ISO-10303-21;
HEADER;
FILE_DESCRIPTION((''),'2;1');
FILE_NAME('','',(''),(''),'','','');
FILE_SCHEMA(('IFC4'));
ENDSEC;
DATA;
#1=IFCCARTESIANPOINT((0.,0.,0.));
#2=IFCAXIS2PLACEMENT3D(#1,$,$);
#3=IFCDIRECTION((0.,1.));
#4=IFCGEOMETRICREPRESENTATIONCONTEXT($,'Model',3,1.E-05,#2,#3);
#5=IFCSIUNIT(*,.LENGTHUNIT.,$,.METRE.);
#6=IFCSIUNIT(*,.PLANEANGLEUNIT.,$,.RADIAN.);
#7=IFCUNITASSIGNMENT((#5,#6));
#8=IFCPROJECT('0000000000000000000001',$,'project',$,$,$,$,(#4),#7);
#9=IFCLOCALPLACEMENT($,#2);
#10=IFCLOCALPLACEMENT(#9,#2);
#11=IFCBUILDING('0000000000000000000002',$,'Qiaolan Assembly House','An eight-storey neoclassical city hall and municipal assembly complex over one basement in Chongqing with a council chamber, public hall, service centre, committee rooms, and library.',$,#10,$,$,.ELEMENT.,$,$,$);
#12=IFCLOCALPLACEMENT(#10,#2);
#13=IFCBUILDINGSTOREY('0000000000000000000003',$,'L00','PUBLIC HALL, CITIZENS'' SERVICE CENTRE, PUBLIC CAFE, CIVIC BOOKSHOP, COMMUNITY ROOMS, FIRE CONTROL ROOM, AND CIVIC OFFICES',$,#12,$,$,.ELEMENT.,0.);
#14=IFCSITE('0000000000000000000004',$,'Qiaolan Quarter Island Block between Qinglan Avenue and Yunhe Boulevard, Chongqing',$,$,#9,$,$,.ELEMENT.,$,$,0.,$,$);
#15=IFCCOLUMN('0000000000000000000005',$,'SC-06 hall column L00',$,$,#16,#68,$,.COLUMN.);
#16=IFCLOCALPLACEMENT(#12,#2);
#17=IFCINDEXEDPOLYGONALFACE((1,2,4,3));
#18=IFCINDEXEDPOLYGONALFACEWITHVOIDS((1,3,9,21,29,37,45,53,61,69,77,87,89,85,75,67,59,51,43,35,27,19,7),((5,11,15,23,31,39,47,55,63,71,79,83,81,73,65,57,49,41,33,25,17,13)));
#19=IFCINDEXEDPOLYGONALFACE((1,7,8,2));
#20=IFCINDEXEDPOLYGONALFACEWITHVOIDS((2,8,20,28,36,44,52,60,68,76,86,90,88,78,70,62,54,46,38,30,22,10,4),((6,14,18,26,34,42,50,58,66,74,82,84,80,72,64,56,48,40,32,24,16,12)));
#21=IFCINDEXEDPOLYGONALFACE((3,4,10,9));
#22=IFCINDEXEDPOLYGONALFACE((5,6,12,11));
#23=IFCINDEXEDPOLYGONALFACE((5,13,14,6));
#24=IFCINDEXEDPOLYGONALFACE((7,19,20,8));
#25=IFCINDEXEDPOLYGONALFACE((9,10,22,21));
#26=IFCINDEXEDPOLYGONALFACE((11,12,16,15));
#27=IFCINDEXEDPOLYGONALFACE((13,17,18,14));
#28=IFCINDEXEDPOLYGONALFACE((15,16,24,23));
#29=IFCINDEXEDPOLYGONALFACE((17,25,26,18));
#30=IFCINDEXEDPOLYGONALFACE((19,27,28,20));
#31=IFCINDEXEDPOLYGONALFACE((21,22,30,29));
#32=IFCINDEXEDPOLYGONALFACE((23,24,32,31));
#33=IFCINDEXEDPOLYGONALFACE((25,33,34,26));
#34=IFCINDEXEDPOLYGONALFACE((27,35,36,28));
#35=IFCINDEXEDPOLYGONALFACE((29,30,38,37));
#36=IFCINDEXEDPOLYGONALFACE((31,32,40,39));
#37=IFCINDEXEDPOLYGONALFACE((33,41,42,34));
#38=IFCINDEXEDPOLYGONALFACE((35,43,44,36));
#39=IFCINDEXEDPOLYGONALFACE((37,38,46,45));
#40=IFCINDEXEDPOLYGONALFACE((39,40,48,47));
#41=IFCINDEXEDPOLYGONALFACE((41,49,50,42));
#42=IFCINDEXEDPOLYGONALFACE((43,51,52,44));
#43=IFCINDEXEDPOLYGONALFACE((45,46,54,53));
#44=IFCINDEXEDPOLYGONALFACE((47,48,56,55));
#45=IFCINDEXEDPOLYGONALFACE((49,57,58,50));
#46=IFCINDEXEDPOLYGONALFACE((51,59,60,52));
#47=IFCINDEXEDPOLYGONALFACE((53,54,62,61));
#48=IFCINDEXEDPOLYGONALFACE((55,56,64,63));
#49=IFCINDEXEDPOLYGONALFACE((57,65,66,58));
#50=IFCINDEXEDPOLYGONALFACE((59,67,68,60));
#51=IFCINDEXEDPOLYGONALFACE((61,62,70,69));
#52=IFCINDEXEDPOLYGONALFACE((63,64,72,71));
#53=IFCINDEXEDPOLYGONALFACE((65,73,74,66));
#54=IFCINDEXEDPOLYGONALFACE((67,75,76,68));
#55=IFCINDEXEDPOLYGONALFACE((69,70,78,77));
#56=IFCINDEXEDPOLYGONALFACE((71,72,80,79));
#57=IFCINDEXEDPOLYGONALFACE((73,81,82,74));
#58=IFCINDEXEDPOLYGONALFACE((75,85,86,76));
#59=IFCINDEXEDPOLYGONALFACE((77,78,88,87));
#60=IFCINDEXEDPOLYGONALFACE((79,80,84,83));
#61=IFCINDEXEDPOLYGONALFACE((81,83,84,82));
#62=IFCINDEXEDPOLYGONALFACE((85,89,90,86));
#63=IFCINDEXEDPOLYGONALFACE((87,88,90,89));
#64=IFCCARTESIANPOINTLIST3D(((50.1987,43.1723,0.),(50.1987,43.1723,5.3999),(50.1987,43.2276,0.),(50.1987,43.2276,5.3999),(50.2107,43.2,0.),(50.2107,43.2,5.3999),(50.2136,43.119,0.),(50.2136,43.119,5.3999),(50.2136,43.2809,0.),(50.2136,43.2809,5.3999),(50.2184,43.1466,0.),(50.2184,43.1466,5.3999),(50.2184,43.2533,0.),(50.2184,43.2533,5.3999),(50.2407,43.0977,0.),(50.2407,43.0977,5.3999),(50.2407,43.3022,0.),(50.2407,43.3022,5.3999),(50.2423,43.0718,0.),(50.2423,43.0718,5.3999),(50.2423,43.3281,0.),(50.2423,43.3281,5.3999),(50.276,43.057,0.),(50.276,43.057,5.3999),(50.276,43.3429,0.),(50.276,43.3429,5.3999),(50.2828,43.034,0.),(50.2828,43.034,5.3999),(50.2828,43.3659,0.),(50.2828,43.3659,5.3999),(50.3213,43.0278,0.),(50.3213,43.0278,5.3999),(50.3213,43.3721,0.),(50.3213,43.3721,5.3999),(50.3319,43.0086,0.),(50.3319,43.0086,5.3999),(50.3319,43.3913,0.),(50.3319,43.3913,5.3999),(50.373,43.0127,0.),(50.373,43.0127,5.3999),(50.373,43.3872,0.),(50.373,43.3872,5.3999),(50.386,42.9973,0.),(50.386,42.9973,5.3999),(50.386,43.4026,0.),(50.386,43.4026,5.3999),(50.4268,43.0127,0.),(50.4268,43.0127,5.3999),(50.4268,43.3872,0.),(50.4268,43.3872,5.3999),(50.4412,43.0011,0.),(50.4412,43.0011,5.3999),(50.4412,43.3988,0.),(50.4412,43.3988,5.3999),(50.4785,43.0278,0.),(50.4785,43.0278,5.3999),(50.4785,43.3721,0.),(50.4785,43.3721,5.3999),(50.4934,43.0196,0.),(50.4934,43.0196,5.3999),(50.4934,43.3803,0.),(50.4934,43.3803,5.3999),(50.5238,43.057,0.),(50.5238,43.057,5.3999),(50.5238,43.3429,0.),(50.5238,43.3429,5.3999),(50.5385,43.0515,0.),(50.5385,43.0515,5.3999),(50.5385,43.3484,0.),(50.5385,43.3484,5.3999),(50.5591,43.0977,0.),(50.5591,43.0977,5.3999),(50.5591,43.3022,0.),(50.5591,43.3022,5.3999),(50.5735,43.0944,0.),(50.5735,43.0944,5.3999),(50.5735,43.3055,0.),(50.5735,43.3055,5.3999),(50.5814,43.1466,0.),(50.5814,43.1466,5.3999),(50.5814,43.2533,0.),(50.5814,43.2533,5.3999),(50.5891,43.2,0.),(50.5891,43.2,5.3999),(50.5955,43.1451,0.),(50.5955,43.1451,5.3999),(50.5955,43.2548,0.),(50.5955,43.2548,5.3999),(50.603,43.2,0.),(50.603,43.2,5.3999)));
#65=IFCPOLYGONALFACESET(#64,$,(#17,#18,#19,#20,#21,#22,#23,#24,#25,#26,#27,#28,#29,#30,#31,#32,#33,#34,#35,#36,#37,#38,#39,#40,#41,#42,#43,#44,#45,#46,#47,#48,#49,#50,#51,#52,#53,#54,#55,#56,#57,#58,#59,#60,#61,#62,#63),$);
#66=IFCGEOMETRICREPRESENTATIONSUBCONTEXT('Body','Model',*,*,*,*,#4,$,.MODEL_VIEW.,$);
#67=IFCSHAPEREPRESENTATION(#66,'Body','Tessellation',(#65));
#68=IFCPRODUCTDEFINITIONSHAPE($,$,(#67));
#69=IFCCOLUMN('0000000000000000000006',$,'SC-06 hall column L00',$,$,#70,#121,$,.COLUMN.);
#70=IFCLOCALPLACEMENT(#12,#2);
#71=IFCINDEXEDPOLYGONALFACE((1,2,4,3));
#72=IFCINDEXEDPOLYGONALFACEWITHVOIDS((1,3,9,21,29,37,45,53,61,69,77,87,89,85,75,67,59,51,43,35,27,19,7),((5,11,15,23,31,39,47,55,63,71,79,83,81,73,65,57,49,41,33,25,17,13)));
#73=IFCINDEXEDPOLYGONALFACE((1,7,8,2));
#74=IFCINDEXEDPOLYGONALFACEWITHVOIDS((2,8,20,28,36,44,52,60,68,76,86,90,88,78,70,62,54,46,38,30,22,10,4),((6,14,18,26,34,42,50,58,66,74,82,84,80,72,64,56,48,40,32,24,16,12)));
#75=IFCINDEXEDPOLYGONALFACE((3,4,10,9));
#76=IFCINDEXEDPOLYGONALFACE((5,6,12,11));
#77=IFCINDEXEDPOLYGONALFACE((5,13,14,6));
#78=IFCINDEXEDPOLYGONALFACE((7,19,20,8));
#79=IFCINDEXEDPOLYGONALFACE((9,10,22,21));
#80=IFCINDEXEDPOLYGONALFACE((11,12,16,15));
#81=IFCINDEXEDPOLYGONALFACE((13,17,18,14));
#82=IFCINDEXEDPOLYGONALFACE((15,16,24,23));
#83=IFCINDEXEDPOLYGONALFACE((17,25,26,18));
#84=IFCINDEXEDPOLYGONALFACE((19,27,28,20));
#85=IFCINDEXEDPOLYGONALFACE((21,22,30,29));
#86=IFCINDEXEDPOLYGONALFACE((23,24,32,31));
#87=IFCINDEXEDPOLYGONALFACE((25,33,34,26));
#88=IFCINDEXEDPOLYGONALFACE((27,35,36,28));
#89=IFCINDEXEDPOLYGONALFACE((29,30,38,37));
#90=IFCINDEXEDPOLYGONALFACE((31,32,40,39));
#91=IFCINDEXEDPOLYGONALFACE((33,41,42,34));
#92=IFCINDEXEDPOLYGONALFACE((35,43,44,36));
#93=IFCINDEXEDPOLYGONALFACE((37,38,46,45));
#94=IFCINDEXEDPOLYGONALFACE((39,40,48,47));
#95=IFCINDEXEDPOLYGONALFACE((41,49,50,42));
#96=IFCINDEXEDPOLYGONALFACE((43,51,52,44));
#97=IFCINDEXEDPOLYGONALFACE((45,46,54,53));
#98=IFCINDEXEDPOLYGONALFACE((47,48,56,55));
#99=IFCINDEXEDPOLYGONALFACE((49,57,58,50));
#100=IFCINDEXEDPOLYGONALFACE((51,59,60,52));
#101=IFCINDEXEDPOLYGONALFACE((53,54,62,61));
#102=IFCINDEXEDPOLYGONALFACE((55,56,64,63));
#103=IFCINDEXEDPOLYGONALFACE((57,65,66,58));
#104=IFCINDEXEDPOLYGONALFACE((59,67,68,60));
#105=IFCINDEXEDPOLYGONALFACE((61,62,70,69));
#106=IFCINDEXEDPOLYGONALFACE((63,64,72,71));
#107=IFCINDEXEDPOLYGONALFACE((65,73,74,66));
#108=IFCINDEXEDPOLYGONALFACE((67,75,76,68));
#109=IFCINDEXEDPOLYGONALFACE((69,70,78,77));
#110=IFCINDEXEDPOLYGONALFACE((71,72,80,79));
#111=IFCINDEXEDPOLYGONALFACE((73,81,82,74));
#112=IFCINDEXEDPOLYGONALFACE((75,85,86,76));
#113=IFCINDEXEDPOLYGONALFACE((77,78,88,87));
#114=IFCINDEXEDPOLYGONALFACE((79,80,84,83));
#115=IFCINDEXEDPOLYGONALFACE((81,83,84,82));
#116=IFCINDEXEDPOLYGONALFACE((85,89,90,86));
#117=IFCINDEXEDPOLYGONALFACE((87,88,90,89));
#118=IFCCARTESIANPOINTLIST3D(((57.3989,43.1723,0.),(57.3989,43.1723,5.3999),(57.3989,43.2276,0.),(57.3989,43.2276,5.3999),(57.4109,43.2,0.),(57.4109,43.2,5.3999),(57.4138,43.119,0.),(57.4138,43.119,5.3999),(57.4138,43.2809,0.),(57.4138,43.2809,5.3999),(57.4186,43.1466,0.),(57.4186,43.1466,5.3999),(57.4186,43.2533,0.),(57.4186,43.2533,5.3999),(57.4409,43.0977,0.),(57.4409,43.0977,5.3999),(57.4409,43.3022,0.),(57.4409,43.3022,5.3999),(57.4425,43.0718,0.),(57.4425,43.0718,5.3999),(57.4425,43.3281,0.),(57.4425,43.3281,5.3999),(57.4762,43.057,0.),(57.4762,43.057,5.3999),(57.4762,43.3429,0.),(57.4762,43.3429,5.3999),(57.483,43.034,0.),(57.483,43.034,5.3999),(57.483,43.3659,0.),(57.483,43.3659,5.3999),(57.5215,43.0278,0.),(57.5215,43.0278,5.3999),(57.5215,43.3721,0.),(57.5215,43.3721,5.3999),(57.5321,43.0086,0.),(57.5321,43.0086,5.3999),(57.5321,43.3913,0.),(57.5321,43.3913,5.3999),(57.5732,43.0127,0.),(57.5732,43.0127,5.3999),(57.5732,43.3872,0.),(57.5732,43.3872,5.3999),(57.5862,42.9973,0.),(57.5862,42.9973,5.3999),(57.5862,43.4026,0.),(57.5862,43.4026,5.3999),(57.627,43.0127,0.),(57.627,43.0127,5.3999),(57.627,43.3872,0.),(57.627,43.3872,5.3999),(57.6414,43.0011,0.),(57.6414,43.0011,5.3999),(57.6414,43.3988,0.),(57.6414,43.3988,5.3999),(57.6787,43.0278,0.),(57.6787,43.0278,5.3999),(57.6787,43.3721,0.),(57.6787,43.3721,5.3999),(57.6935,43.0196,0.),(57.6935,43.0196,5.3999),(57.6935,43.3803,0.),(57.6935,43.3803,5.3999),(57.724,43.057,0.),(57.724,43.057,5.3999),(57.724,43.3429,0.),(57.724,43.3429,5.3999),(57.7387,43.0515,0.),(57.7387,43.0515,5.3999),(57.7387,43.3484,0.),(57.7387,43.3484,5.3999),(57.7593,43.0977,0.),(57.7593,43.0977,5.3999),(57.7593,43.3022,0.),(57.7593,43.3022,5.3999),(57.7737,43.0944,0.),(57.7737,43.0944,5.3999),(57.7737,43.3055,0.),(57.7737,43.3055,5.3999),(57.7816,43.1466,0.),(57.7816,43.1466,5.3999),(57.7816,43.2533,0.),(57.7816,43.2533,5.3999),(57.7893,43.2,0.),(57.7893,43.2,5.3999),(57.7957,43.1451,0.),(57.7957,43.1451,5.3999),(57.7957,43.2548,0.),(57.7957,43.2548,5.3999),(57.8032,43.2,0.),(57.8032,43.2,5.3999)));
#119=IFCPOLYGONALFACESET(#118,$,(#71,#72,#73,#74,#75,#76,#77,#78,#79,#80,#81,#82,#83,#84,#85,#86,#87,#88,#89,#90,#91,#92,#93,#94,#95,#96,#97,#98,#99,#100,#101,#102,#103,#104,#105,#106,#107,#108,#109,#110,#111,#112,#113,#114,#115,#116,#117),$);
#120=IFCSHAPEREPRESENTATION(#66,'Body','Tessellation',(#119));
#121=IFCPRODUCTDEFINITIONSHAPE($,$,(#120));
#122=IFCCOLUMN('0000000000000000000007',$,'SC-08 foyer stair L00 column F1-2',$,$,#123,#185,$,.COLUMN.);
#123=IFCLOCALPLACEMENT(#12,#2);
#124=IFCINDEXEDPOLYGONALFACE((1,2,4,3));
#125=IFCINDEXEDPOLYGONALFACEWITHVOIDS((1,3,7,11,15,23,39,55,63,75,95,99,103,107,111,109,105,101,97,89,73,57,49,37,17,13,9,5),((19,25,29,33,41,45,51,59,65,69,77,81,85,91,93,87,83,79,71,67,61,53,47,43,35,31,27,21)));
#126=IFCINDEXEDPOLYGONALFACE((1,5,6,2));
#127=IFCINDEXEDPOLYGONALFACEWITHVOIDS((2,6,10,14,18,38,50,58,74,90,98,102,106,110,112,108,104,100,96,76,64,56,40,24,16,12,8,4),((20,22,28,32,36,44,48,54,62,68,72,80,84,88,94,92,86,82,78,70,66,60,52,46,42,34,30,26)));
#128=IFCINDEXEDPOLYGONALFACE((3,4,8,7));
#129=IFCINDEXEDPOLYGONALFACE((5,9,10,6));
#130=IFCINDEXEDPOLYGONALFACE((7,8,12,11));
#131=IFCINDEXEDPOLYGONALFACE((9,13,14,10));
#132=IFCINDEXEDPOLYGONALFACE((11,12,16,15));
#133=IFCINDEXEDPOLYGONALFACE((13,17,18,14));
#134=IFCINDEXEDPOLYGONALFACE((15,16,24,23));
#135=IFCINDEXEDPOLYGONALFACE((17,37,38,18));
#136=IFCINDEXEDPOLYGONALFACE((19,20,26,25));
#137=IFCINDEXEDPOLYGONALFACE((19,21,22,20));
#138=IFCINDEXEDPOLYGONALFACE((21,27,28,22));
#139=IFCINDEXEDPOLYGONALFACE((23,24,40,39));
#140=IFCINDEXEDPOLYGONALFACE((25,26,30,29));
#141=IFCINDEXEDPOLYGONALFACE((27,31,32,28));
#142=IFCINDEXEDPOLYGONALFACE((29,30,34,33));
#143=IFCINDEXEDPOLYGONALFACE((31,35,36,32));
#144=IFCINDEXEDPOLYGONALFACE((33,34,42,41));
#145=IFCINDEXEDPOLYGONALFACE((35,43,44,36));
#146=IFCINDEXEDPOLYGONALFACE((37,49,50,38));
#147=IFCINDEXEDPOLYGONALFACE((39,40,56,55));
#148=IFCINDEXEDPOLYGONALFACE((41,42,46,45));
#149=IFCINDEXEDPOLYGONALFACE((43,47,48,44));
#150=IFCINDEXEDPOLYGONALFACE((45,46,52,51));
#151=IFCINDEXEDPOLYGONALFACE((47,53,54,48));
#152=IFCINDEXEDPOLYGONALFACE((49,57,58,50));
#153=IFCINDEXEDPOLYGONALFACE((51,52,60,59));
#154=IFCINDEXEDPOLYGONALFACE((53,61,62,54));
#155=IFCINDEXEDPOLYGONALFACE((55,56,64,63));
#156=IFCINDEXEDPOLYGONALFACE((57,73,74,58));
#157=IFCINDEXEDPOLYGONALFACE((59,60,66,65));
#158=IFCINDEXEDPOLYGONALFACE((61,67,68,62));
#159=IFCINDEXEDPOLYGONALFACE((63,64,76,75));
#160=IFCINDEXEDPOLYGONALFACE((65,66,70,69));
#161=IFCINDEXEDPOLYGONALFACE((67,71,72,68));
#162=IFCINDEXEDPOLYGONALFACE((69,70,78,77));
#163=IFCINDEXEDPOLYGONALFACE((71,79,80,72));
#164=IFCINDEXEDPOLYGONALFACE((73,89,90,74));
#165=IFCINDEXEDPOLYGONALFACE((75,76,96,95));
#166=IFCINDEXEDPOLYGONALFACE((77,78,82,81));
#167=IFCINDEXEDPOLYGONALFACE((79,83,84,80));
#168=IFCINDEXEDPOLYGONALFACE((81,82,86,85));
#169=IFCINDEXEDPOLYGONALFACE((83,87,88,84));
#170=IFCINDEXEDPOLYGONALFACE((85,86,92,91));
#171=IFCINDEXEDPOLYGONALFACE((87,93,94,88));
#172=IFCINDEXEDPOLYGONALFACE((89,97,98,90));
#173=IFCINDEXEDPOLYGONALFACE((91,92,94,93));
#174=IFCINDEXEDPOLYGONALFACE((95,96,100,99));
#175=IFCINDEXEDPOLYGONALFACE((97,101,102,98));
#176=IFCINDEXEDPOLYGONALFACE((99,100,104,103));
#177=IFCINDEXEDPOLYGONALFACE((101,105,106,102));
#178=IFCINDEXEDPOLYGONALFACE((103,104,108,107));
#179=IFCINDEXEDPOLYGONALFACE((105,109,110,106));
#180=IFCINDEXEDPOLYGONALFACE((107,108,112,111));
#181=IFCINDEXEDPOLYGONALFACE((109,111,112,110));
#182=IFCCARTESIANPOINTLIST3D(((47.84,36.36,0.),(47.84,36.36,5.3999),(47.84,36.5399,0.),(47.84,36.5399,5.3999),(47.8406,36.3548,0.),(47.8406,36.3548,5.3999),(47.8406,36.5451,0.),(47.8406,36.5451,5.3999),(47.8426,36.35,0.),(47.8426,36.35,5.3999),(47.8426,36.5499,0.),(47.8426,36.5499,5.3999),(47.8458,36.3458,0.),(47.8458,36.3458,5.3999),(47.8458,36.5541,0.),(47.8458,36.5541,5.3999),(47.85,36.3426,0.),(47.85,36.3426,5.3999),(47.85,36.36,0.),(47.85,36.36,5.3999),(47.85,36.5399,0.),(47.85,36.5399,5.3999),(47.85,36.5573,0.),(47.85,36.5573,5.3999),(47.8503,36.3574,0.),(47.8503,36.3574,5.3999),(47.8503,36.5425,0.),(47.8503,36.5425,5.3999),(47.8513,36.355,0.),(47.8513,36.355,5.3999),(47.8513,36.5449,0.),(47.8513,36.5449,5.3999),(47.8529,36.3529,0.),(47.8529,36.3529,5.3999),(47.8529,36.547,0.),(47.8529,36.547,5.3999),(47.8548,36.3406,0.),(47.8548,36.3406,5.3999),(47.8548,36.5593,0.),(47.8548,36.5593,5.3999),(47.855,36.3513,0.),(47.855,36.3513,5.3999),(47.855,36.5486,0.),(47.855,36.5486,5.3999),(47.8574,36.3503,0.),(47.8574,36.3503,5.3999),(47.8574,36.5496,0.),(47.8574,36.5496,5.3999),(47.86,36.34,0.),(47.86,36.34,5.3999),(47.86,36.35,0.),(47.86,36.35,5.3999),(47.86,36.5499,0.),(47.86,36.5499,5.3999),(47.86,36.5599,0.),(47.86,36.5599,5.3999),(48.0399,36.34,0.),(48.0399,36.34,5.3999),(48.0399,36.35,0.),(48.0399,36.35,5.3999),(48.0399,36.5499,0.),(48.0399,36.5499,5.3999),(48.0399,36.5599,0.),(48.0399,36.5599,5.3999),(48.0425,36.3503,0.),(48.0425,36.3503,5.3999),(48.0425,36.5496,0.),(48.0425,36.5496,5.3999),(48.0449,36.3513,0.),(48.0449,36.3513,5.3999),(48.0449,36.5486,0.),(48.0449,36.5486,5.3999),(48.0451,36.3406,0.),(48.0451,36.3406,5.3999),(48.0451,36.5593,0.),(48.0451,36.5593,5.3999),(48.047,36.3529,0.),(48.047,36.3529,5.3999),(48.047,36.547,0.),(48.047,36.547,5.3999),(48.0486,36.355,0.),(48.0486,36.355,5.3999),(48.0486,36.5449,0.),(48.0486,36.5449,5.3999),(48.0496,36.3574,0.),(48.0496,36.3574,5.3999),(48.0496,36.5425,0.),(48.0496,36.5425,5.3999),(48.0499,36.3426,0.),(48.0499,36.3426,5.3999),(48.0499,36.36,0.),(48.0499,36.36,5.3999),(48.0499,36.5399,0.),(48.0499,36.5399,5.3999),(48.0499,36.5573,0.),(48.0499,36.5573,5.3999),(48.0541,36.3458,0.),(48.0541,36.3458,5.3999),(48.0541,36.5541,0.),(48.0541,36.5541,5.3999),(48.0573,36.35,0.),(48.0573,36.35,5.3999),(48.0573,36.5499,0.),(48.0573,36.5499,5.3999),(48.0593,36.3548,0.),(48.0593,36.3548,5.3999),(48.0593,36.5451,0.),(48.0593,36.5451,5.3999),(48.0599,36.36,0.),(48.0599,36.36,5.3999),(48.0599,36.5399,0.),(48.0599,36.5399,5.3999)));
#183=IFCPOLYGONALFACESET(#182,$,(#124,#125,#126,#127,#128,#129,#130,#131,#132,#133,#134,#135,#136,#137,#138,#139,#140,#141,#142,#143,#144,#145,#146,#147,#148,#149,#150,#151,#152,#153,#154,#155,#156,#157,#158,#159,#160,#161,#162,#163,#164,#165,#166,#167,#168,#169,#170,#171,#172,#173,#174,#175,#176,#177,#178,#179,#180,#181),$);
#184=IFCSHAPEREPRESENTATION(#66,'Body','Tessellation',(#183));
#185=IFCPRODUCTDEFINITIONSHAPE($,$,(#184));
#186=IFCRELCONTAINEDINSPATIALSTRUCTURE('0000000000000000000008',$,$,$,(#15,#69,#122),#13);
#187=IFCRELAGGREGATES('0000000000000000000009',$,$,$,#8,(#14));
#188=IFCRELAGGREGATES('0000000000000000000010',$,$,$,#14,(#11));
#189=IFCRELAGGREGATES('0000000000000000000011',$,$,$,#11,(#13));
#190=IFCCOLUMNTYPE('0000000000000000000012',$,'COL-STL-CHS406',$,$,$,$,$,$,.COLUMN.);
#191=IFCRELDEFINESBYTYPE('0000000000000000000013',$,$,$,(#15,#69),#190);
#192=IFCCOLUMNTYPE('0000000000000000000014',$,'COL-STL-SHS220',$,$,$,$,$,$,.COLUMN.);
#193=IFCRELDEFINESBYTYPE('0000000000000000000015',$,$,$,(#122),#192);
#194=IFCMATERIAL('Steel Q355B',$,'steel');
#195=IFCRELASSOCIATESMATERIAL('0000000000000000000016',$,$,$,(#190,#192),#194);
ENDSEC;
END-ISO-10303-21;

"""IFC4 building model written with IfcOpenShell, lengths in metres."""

from ifc_helpers import new_model, si_unit, direction, frame, origin, origin_2d, place, context, subcontext, project, spatial, hollow_rectangle, hollow_circle, extrude, material, material_profile, profile_set, type_object, element, save


model = new_model("IFC4")

# Units and contexts
model_context = context("Model", 3, precision=1e-05, world=origin(), true_north=direction((0.0, 1.0)))
body_context = subcontext(model_context, "Body", "Model", "MODEL_VIEW")
ifc_project = project(units=[si_unit("LENGTHUNIT", "METRE"), si_unit("PLANEANGLEUNIT", "RADIAN")], contexts=[model_context])

# Site, building, storey
site_placement = place(None, origin())
site = spatial("IfcSite", under=ifc_project, at=site_placement, Name="Qiaolan Quarter Island Block between Qinglan Avenue and Yunhe Boulevard, Chongqing", CompositionType="ELEMENT", RefElevation=0.0)
building_placement = place(site_placement, origin())
building = spatial("IfcBuilding", under=site, at=building_placement, Name="Qiaolan Assembly House", Description="An eight-storey neoclassical city hall and municipal assembly complex over one basement in Chongqing with a council chamber, public hall, service centre, committee rooms, and library.", CompositionType="ELEMENT")
storey_placement = place(building_placement, origin())
storey = spatial("IfcBuildingStorey", under=building, at=storey_placement, Name="L00", Description="PUBLIC HALL, CITIZENS' SERVICE CENTRE, PUBLIC CAFE, CIVIC BOOKSHOP, COMMUNITY ROOMS, FIRE CONTROL ROOM, AND CIVIC OFFICES", CompositionType="ELEMENT", Elevation=0.0)

# Columns
ifc_material_1 = material(Name="Steel Q355B", Category="steel")
ifc_material_profile_1 = material_profile(ifc_material_1, hollow_circle(Radius=0.2031, WallThickness=0.0139, at=origin_2d()), Name="CHS 406.4x14")
ifc_profile_set_1 = profile_set([ifc_material_profile_1], Name="Steel Q355B")
column_type_1 = type_object("IfcColumnType", Name="COL-STL-CHS406", PredefinedType="COLUMN", material=ifc_profile_set_1)
for number, where, z_axis, x_axis, name in (
    (1, (50.3999, 43.2, 0.0), (0.0, 0.0, 1.0), (1.0, 0.0, 0.0), "SC-06 hall column L00"),
    (2, (57.6001, 43.2, 0.0), (0.0, 0.0, 1.0), (1.0, 0.0, 0.0), "SC-06 hall column L00"),
):
    element("IfcColumn", number, at=place(storey_placement, frame(where, z_axis=z_axis, x_axis=x_axis)), inside=storey, type_object=column_type_1, Name=name, PredefinedType="COLUMN", context=body_context, shape_type="SweptSolid", body=[
        extrude(hollow_circle(Radius=0.2031, WallThickness=0.0139, at=origin_2d()), origin(), (0.0, 0.0, 1.0), 5.3999),
    ])
ifc_material_profile_2 = material_profile(ifc_material_1, hollow_rectangle(XDim=0.22, YDim=0.22, WallThickness=0.01, InnerFilletRadius=0.01, OuterFilletRadius=0.02, at=origin_2d()), Name="SHS 220x220x10")
ifc_profile_set_2 = profile_set([ifc_material_profile_2], Name="Steel Q355B")
column_type_2 = type_object("IfcColumnType", Name="COL-STL-SHS220", PredefinedType="COLUMN", material=ifc_profile_set_2)
for number, where, z_axis, x_axis, name in (
    (3, (47.95, 36.45, 0.0), (0.0, 0.0, 1.0), (1.0, 0.0, 0.0), "SC-08 foyer stair L00 column F1-2"),
):
    element("IfcColumn", number, at=place(storey_placement, frame(where, z_axis=z_axis, x_axis=x_axis)), inside=storey, type_object=column_type_2, Name=name, PredefinedType="COLUMN", context=body_context, shape_type="SweptSolid", body=[
        extrude(hollow_rectangle(XDim=0.22, YDim=0.22, WallThickness=0.01, InnerFilletRadius=0.01, OuterFilletRadius=0.02, at=origin_2d()), origin(), (0.0, 0.0, 1.0), 5.3999),
    ])

save(model, "model.ifc")
